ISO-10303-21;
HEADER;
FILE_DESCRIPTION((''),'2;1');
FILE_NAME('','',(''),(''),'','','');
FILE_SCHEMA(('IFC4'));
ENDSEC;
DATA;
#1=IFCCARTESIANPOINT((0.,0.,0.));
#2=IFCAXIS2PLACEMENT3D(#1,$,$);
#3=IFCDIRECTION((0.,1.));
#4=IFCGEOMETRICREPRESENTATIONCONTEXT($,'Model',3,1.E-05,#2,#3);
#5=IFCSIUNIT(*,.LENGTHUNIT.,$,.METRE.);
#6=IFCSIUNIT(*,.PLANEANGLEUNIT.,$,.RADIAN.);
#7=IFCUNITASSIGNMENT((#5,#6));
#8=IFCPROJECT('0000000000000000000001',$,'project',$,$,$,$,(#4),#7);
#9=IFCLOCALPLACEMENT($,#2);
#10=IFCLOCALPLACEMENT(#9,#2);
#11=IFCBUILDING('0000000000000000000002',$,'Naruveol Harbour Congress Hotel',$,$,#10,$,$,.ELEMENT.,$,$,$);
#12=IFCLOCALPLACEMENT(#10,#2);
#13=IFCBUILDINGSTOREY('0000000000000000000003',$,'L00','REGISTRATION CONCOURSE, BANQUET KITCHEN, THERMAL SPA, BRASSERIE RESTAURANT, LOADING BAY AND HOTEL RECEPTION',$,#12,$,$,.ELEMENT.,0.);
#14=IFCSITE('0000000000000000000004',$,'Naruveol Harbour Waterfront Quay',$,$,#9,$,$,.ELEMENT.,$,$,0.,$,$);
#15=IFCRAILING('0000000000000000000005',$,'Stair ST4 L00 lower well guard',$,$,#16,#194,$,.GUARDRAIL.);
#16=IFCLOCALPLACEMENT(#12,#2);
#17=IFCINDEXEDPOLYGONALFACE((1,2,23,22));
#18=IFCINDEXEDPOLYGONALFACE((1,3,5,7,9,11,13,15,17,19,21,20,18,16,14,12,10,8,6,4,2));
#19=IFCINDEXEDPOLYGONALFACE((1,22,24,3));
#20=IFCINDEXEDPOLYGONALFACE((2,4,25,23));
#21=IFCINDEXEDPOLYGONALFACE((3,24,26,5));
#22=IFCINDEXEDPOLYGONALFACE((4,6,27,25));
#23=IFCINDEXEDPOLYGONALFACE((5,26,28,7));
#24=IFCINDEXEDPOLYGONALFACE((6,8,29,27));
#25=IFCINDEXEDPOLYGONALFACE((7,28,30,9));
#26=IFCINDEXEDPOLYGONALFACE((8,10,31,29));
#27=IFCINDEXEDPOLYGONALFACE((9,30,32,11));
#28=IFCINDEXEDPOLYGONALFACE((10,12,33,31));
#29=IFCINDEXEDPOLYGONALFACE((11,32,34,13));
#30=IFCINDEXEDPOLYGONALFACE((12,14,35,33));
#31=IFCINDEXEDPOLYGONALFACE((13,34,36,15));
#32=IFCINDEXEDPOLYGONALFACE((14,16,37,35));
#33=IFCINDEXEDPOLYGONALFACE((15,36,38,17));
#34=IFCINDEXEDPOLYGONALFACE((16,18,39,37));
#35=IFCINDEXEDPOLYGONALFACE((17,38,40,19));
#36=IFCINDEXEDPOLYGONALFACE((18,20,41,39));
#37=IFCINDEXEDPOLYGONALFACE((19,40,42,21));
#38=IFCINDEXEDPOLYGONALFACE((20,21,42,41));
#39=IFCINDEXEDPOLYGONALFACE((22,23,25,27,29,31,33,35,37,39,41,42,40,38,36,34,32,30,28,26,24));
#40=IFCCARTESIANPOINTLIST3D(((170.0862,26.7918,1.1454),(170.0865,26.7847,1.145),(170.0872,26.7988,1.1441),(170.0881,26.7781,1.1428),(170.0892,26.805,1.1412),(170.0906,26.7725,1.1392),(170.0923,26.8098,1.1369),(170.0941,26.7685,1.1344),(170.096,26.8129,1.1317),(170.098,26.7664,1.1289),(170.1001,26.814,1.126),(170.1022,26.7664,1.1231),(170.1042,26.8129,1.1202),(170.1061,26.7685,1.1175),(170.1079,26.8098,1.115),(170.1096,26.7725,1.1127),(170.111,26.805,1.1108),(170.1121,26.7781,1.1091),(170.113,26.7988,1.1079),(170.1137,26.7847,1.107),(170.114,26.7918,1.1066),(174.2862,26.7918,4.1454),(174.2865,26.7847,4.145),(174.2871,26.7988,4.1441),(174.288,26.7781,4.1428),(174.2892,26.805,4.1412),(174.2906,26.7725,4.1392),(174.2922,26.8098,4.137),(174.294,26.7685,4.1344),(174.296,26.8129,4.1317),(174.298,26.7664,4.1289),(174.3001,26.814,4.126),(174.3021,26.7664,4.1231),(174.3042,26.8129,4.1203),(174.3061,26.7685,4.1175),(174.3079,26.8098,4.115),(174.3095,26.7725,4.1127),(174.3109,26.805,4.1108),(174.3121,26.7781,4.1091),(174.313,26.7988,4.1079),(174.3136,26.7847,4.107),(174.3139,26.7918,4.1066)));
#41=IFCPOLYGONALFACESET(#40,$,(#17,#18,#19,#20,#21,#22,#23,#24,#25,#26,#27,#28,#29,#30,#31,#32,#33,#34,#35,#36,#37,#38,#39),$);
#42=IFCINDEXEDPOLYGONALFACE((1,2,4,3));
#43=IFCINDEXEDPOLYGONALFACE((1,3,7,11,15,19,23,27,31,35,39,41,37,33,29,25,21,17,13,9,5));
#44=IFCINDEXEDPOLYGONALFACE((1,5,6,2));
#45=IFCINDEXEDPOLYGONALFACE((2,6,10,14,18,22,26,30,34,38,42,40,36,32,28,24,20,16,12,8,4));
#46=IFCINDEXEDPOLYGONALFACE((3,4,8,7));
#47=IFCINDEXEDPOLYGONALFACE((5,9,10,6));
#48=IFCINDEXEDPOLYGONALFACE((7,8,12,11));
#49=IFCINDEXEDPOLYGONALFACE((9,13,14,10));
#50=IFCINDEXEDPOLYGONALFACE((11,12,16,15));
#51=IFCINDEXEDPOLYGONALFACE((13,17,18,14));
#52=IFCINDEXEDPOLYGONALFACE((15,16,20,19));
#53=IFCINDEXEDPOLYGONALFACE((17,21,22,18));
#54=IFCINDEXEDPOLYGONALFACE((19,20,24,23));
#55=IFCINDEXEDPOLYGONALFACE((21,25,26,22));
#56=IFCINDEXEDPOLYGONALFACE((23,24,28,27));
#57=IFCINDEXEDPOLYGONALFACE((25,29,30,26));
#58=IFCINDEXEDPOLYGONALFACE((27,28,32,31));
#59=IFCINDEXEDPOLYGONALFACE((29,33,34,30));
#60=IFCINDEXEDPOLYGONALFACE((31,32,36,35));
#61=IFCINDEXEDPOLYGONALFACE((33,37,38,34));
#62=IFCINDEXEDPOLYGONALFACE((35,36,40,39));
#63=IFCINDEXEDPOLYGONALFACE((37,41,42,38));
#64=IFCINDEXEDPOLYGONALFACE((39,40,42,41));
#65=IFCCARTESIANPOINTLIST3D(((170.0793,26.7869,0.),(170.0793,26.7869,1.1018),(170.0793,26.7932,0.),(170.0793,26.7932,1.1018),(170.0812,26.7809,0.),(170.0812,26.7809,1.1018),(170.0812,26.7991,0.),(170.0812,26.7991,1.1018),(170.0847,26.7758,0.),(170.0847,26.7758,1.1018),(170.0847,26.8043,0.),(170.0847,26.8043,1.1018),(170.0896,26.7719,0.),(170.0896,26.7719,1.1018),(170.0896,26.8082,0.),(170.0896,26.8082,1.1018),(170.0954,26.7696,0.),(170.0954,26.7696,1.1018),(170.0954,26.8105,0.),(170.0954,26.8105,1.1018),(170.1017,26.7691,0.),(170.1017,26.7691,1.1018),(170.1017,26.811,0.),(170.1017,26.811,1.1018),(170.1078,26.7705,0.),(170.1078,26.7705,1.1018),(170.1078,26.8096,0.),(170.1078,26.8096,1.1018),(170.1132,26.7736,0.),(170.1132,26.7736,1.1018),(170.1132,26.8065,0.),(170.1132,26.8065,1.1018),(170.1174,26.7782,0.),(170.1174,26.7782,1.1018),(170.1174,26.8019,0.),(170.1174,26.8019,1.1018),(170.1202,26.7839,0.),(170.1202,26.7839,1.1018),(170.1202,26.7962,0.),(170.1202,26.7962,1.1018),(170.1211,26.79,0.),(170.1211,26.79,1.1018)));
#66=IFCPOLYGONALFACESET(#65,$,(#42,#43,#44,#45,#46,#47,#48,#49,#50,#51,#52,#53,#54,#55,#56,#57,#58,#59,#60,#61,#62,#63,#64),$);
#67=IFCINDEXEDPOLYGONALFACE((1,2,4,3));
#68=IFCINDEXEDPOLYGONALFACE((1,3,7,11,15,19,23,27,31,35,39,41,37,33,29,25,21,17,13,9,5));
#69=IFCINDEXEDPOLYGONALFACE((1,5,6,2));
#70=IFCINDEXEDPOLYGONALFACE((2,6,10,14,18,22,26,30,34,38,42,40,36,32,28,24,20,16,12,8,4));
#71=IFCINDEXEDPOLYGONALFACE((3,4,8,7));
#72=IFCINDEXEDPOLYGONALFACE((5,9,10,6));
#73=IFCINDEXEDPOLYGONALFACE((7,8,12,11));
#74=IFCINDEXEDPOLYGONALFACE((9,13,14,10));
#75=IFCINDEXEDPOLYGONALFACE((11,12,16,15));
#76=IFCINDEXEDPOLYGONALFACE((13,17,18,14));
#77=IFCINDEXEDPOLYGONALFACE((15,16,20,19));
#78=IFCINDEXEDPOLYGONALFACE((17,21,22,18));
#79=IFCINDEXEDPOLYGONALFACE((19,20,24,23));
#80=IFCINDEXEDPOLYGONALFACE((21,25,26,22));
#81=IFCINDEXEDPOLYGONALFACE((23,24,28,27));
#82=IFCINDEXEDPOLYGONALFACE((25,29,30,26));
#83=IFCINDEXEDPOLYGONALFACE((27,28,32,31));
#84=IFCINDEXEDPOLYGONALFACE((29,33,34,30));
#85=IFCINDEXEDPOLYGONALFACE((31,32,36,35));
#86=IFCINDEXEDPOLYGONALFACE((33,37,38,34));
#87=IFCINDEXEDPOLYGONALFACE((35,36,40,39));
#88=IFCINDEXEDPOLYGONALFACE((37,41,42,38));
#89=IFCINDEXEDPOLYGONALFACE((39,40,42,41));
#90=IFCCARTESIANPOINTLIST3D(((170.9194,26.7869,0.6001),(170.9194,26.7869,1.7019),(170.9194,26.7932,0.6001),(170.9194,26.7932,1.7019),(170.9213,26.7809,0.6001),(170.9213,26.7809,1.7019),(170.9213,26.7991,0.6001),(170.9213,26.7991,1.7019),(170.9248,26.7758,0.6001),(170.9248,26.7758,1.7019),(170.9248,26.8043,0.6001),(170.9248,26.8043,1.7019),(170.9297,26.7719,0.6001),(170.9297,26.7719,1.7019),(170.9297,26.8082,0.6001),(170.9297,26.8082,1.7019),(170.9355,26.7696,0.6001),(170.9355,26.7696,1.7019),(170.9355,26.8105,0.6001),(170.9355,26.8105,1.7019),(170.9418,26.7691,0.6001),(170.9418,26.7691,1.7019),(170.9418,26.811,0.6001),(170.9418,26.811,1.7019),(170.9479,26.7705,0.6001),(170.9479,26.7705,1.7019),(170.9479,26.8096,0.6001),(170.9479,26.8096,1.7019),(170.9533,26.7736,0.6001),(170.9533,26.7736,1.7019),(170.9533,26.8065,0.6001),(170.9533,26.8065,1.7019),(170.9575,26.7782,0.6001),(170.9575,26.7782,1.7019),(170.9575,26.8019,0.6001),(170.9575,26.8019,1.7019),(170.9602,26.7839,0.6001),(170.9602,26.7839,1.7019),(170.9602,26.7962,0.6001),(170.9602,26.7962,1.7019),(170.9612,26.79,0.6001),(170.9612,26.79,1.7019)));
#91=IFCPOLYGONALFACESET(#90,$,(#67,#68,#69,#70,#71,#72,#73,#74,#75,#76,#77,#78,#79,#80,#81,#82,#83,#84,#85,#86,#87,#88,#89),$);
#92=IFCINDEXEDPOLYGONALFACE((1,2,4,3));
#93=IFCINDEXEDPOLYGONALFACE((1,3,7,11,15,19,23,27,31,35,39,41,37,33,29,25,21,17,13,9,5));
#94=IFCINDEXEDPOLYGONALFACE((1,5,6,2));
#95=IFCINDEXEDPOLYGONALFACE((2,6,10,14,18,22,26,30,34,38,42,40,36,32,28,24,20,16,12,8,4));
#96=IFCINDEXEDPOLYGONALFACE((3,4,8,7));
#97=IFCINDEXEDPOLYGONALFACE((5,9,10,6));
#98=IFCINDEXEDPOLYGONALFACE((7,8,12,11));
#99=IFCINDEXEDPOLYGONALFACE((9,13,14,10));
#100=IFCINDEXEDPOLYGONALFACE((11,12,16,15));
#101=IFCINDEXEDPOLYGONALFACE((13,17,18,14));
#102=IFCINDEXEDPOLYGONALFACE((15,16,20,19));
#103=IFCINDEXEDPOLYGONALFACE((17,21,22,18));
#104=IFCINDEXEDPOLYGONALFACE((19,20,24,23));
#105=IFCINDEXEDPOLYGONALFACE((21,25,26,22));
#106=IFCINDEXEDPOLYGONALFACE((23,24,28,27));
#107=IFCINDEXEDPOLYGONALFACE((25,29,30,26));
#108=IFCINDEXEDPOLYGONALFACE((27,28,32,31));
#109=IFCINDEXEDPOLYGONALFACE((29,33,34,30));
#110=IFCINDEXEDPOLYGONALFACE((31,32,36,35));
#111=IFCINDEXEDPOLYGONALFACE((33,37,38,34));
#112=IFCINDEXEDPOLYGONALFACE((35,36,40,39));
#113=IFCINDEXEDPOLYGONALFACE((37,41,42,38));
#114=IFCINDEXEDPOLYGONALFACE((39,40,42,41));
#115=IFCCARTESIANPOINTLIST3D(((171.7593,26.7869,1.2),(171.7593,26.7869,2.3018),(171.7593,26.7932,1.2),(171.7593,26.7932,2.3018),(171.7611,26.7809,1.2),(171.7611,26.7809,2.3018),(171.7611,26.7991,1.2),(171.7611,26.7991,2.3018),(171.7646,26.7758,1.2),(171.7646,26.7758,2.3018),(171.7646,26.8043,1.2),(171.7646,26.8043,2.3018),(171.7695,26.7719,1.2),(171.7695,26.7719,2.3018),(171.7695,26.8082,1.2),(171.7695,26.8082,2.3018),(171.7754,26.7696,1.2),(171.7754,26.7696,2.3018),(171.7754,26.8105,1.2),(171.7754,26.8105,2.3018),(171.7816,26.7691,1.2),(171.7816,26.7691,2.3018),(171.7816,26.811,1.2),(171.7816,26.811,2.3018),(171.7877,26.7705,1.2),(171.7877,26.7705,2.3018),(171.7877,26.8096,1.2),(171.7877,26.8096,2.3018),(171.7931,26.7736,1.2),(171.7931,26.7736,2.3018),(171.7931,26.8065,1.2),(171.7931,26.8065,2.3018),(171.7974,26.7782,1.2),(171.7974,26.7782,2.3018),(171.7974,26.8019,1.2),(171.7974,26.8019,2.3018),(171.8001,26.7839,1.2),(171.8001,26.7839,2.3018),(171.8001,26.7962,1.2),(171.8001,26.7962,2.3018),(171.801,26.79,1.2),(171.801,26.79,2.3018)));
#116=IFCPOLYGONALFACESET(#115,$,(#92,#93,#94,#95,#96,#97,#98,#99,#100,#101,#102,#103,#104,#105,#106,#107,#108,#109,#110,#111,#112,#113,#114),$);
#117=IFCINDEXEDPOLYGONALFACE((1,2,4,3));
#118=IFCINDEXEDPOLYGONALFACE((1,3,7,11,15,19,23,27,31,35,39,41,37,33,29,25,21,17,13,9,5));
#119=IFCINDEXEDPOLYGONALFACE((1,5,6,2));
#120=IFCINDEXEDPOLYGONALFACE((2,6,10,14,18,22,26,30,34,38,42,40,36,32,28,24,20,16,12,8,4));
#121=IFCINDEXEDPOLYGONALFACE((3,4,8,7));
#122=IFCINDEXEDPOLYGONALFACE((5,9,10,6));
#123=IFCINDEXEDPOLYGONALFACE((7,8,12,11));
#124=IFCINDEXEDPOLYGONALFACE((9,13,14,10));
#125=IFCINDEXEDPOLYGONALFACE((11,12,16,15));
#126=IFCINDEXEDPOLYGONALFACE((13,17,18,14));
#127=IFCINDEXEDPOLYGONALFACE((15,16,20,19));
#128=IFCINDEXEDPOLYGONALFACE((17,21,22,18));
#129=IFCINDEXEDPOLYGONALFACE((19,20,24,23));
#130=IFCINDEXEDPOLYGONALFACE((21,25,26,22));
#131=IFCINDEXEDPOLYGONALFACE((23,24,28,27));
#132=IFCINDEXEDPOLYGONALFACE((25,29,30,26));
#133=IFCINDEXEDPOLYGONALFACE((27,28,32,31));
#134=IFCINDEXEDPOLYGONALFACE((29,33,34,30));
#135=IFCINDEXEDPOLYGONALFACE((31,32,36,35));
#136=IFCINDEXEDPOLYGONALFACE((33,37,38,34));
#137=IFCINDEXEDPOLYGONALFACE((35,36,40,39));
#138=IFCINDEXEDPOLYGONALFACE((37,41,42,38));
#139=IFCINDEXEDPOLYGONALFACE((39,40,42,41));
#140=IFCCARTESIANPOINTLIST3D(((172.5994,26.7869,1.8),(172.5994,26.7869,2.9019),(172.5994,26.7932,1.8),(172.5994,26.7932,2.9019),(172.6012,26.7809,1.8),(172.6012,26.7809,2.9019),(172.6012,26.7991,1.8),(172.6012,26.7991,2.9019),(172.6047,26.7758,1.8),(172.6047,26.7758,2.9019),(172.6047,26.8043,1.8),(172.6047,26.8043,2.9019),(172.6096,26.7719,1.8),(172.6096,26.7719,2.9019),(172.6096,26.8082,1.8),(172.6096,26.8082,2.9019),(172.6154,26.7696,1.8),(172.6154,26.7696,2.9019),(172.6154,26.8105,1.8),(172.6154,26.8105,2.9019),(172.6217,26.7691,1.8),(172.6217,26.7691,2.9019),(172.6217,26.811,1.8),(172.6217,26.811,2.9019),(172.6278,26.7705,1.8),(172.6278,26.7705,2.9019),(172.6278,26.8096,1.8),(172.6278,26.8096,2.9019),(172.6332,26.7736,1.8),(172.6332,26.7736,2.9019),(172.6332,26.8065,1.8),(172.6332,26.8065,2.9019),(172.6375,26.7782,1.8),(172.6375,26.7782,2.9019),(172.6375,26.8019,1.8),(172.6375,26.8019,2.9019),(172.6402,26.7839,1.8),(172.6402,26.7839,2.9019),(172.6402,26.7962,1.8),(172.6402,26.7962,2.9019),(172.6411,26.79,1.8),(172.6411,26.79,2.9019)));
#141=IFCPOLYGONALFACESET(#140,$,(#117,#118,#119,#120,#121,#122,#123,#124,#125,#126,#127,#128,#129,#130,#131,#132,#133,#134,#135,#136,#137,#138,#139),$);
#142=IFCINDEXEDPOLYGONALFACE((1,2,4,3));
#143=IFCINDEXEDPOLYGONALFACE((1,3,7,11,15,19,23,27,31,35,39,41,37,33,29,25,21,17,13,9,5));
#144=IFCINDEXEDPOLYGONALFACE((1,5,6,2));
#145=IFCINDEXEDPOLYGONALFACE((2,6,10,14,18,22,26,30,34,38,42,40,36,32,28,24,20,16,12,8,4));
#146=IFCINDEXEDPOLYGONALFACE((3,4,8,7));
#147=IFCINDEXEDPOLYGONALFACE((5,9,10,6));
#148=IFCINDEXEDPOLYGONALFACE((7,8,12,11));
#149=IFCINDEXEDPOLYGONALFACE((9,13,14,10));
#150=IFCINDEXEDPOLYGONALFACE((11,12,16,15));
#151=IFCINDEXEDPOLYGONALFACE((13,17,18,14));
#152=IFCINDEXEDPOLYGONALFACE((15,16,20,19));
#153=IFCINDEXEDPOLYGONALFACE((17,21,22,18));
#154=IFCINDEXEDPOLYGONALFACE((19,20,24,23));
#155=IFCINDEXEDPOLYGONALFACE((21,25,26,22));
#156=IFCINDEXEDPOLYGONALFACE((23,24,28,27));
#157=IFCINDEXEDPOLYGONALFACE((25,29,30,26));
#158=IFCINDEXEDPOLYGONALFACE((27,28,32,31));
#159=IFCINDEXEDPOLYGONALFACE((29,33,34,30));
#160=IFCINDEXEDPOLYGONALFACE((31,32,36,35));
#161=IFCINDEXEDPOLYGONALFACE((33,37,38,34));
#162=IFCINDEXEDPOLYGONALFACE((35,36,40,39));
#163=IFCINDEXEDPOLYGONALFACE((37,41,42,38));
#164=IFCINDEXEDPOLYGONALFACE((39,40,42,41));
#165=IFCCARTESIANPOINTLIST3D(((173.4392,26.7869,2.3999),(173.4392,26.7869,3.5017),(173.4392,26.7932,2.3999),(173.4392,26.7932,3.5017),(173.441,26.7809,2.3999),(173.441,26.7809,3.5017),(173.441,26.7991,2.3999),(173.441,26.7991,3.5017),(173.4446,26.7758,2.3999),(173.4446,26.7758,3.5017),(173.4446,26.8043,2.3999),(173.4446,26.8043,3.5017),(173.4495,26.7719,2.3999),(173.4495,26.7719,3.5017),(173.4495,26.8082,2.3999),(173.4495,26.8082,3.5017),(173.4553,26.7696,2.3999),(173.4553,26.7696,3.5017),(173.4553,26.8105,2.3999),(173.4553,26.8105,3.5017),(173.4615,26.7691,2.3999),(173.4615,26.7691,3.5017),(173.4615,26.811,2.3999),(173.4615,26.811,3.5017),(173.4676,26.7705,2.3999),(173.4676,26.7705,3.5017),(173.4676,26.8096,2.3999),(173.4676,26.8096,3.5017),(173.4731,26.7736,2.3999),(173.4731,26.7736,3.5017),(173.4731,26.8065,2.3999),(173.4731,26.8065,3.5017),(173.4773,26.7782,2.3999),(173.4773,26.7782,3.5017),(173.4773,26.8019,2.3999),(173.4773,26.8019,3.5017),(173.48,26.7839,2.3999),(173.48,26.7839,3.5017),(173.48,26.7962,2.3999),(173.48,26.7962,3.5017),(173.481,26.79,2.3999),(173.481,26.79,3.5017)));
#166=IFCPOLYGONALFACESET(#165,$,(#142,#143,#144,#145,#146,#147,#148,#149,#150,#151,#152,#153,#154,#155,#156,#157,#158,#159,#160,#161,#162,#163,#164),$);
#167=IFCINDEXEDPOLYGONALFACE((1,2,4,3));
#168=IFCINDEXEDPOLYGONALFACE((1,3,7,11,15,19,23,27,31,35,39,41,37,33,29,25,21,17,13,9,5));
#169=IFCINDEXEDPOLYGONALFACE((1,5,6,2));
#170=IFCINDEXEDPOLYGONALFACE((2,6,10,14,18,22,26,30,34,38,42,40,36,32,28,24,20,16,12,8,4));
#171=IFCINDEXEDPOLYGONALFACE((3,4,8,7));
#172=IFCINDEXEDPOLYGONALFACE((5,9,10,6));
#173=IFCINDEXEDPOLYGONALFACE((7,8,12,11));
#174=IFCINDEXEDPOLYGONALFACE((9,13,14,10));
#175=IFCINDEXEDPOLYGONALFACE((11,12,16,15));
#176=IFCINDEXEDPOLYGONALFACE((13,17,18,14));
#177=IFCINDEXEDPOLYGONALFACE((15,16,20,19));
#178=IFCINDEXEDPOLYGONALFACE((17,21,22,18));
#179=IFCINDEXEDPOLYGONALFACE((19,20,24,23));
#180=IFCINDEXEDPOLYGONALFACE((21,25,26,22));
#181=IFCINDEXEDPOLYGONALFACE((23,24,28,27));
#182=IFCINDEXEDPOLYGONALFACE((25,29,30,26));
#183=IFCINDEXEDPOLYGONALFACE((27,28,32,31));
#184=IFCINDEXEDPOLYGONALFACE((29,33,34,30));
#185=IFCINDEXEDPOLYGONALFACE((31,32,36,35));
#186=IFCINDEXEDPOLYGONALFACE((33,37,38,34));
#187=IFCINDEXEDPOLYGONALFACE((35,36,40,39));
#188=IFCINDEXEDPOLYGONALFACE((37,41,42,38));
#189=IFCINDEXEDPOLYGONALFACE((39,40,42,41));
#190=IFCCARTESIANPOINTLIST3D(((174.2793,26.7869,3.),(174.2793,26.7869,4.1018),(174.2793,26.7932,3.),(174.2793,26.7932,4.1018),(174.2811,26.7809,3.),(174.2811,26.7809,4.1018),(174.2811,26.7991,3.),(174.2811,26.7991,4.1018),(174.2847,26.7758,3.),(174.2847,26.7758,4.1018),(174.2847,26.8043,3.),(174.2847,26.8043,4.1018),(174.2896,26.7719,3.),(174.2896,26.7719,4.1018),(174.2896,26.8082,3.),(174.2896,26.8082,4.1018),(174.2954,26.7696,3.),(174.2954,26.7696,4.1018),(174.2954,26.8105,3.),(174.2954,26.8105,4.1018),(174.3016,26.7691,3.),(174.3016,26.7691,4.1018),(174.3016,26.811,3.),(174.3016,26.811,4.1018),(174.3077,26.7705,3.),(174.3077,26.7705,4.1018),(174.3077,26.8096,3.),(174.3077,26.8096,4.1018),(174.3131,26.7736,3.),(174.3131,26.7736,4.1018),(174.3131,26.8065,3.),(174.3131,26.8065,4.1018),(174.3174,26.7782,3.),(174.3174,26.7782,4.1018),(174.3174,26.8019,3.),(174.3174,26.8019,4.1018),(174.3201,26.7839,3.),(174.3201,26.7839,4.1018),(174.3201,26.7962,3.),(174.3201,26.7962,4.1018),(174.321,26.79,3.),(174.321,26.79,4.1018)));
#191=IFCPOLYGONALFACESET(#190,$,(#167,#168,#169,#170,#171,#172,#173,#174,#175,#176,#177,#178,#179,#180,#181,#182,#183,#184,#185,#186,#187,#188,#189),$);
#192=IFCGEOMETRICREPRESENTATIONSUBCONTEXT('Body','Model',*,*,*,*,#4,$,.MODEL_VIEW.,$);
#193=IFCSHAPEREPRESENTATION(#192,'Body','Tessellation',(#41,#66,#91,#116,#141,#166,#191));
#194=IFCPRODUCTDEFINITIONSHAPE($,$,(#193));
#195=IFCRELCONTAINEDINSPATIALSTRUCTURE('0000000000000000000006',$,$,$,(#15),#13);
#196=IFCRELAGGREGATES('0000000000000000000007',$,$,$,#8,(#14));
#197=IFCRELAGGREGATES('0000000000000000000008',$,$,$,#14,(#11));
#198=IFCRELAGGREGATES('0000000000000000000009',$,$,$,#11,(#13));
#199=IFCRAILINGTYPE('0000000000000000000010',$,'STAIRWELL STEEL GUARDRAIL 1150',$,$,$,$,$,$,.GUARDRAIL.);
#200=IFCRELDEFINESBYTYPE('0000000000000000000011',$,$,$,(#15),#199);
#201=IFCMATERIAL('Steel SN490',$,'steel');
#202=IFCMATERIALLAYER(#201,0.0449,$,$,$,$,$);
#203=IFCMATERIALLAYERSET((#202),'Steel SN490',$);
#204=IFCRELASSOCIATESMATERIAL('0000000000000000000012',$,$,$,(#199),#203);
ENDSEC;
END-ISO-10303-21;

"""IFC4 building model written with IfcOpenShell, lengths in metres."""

from ifc_helpers import new_model, si_unit, direction, frame, origin, origin_2d, place, context, subcontext, project, spatial, circle, extrude, material, layer, layer_set, type_object, element, save


model = new_model("IFC4")

# Units and contexts
model_context = context("Model", 3, precision=1e-05, world=origin(), true_north=direction((0.0, 1.0)))
body_context = subcontext(model_context, "Body", "Model", "MODEL_VIEW")
ifc_project = project(units=[si_unit("LENGTHUNIT", "METRE"), si_unit("PLANEANGLEUNIT", "RADIAN")], contexts=[model_context])

# Site, building, storey
site_placement = place(None, origin())
site = spatial("IfcSite", under=ifc_project, at=site_placement, Name="Naruveol Harbour Waterfront Quay", CompositionType="ELEMENT", RefElevation=0.0)
building_placement = place(site_placement, origin())
building = spatial("IfcBuilding", under=site, at=building_placement, Name="Naruveol Harbour Congress Hotel", CompositionType="ELEMENT")
storey_placement = place(building_placement, origin())
storey = spatial("IfcBuildingStorey", under=building, at=storey_placement, Name="L00", Description="REGISTRATION CONCOURSE, BANQUET KITCHEN, THERMAL SPA, BRASSERIE RESTAURANT, LOADING BAY AND HOTEL RECEPTION", CompositionType="ELEMENT", Elevation=0.0)

# Railing
ifc_material_1 = material(Name="Steel SN490", Category="steel")
ifc_layer_1 = layer(ifc_material_1, 0.0449)
ifc_layer_set_1 = layer_set([ifc_layer_1], Name="Steel SN490")
railing_type_1 = type_object("IfcRailingType", Name="STAIRWELL STEEL GUARDRAIL 1150", PredefinedType="GUARDRAIL", material=ifc_layer_set_1)
railing_1_placement = place(storey_placement, frame((170.1001, 26.79, 0.0)))
element("IfcRailing", 1, at=railing_1_placement, inside=storey, type_object=railing_type_1, Name="Stair ST4 L00 lower well guard", PredefinedType="GUARDRAIL", context=body_context, shape_type="SweptSolid", body=[
    extrude(circle(Radius=0.0239, at=origin_2d()), frame((0.0, 0.0, 1.126), z_axis=(0.81373, 0.0, 0.581243), x_axis=(0.0, 1.0, 0.0)), (0.0, 0.0, 1.0), 5.1614),
    extrude(circle(Radius=0.021, at=origin_2d()), origin(), (0.0, 0.0, 1.0), 1.1018),
    extrude(circle(Radius=0.021, at=origin_2d()), frame((0.8401, 0.0, 0.6001)), (0.0, 0.0, 1.0), 1.1018),
    extrude(circle(Radius=0.021, at=origin_2d()), frame((1.6799, 0.0, 1.2)), (0.0, 0.0, 1.0), 1.1018),
    extrude(circle(Radius=0.021, at=origin_2d()), frame((2.52, 0.0, 1.8)), (0.0, 0.0, 1.0), 1.1018),
    extrude(circle(Radius=0.021, at=origin_2d()), frame((3.3599, 0.0, 2.3999)), (0.0, 0.0, 1.0), 1.1018),
    extrude(circle(Radius=0.021, at=origin_2d()), frame((4.2, 0.0, 3.0)), (0.0, 0.0, 1.0), 1.1018),
])

save(model, "model.ifc")
